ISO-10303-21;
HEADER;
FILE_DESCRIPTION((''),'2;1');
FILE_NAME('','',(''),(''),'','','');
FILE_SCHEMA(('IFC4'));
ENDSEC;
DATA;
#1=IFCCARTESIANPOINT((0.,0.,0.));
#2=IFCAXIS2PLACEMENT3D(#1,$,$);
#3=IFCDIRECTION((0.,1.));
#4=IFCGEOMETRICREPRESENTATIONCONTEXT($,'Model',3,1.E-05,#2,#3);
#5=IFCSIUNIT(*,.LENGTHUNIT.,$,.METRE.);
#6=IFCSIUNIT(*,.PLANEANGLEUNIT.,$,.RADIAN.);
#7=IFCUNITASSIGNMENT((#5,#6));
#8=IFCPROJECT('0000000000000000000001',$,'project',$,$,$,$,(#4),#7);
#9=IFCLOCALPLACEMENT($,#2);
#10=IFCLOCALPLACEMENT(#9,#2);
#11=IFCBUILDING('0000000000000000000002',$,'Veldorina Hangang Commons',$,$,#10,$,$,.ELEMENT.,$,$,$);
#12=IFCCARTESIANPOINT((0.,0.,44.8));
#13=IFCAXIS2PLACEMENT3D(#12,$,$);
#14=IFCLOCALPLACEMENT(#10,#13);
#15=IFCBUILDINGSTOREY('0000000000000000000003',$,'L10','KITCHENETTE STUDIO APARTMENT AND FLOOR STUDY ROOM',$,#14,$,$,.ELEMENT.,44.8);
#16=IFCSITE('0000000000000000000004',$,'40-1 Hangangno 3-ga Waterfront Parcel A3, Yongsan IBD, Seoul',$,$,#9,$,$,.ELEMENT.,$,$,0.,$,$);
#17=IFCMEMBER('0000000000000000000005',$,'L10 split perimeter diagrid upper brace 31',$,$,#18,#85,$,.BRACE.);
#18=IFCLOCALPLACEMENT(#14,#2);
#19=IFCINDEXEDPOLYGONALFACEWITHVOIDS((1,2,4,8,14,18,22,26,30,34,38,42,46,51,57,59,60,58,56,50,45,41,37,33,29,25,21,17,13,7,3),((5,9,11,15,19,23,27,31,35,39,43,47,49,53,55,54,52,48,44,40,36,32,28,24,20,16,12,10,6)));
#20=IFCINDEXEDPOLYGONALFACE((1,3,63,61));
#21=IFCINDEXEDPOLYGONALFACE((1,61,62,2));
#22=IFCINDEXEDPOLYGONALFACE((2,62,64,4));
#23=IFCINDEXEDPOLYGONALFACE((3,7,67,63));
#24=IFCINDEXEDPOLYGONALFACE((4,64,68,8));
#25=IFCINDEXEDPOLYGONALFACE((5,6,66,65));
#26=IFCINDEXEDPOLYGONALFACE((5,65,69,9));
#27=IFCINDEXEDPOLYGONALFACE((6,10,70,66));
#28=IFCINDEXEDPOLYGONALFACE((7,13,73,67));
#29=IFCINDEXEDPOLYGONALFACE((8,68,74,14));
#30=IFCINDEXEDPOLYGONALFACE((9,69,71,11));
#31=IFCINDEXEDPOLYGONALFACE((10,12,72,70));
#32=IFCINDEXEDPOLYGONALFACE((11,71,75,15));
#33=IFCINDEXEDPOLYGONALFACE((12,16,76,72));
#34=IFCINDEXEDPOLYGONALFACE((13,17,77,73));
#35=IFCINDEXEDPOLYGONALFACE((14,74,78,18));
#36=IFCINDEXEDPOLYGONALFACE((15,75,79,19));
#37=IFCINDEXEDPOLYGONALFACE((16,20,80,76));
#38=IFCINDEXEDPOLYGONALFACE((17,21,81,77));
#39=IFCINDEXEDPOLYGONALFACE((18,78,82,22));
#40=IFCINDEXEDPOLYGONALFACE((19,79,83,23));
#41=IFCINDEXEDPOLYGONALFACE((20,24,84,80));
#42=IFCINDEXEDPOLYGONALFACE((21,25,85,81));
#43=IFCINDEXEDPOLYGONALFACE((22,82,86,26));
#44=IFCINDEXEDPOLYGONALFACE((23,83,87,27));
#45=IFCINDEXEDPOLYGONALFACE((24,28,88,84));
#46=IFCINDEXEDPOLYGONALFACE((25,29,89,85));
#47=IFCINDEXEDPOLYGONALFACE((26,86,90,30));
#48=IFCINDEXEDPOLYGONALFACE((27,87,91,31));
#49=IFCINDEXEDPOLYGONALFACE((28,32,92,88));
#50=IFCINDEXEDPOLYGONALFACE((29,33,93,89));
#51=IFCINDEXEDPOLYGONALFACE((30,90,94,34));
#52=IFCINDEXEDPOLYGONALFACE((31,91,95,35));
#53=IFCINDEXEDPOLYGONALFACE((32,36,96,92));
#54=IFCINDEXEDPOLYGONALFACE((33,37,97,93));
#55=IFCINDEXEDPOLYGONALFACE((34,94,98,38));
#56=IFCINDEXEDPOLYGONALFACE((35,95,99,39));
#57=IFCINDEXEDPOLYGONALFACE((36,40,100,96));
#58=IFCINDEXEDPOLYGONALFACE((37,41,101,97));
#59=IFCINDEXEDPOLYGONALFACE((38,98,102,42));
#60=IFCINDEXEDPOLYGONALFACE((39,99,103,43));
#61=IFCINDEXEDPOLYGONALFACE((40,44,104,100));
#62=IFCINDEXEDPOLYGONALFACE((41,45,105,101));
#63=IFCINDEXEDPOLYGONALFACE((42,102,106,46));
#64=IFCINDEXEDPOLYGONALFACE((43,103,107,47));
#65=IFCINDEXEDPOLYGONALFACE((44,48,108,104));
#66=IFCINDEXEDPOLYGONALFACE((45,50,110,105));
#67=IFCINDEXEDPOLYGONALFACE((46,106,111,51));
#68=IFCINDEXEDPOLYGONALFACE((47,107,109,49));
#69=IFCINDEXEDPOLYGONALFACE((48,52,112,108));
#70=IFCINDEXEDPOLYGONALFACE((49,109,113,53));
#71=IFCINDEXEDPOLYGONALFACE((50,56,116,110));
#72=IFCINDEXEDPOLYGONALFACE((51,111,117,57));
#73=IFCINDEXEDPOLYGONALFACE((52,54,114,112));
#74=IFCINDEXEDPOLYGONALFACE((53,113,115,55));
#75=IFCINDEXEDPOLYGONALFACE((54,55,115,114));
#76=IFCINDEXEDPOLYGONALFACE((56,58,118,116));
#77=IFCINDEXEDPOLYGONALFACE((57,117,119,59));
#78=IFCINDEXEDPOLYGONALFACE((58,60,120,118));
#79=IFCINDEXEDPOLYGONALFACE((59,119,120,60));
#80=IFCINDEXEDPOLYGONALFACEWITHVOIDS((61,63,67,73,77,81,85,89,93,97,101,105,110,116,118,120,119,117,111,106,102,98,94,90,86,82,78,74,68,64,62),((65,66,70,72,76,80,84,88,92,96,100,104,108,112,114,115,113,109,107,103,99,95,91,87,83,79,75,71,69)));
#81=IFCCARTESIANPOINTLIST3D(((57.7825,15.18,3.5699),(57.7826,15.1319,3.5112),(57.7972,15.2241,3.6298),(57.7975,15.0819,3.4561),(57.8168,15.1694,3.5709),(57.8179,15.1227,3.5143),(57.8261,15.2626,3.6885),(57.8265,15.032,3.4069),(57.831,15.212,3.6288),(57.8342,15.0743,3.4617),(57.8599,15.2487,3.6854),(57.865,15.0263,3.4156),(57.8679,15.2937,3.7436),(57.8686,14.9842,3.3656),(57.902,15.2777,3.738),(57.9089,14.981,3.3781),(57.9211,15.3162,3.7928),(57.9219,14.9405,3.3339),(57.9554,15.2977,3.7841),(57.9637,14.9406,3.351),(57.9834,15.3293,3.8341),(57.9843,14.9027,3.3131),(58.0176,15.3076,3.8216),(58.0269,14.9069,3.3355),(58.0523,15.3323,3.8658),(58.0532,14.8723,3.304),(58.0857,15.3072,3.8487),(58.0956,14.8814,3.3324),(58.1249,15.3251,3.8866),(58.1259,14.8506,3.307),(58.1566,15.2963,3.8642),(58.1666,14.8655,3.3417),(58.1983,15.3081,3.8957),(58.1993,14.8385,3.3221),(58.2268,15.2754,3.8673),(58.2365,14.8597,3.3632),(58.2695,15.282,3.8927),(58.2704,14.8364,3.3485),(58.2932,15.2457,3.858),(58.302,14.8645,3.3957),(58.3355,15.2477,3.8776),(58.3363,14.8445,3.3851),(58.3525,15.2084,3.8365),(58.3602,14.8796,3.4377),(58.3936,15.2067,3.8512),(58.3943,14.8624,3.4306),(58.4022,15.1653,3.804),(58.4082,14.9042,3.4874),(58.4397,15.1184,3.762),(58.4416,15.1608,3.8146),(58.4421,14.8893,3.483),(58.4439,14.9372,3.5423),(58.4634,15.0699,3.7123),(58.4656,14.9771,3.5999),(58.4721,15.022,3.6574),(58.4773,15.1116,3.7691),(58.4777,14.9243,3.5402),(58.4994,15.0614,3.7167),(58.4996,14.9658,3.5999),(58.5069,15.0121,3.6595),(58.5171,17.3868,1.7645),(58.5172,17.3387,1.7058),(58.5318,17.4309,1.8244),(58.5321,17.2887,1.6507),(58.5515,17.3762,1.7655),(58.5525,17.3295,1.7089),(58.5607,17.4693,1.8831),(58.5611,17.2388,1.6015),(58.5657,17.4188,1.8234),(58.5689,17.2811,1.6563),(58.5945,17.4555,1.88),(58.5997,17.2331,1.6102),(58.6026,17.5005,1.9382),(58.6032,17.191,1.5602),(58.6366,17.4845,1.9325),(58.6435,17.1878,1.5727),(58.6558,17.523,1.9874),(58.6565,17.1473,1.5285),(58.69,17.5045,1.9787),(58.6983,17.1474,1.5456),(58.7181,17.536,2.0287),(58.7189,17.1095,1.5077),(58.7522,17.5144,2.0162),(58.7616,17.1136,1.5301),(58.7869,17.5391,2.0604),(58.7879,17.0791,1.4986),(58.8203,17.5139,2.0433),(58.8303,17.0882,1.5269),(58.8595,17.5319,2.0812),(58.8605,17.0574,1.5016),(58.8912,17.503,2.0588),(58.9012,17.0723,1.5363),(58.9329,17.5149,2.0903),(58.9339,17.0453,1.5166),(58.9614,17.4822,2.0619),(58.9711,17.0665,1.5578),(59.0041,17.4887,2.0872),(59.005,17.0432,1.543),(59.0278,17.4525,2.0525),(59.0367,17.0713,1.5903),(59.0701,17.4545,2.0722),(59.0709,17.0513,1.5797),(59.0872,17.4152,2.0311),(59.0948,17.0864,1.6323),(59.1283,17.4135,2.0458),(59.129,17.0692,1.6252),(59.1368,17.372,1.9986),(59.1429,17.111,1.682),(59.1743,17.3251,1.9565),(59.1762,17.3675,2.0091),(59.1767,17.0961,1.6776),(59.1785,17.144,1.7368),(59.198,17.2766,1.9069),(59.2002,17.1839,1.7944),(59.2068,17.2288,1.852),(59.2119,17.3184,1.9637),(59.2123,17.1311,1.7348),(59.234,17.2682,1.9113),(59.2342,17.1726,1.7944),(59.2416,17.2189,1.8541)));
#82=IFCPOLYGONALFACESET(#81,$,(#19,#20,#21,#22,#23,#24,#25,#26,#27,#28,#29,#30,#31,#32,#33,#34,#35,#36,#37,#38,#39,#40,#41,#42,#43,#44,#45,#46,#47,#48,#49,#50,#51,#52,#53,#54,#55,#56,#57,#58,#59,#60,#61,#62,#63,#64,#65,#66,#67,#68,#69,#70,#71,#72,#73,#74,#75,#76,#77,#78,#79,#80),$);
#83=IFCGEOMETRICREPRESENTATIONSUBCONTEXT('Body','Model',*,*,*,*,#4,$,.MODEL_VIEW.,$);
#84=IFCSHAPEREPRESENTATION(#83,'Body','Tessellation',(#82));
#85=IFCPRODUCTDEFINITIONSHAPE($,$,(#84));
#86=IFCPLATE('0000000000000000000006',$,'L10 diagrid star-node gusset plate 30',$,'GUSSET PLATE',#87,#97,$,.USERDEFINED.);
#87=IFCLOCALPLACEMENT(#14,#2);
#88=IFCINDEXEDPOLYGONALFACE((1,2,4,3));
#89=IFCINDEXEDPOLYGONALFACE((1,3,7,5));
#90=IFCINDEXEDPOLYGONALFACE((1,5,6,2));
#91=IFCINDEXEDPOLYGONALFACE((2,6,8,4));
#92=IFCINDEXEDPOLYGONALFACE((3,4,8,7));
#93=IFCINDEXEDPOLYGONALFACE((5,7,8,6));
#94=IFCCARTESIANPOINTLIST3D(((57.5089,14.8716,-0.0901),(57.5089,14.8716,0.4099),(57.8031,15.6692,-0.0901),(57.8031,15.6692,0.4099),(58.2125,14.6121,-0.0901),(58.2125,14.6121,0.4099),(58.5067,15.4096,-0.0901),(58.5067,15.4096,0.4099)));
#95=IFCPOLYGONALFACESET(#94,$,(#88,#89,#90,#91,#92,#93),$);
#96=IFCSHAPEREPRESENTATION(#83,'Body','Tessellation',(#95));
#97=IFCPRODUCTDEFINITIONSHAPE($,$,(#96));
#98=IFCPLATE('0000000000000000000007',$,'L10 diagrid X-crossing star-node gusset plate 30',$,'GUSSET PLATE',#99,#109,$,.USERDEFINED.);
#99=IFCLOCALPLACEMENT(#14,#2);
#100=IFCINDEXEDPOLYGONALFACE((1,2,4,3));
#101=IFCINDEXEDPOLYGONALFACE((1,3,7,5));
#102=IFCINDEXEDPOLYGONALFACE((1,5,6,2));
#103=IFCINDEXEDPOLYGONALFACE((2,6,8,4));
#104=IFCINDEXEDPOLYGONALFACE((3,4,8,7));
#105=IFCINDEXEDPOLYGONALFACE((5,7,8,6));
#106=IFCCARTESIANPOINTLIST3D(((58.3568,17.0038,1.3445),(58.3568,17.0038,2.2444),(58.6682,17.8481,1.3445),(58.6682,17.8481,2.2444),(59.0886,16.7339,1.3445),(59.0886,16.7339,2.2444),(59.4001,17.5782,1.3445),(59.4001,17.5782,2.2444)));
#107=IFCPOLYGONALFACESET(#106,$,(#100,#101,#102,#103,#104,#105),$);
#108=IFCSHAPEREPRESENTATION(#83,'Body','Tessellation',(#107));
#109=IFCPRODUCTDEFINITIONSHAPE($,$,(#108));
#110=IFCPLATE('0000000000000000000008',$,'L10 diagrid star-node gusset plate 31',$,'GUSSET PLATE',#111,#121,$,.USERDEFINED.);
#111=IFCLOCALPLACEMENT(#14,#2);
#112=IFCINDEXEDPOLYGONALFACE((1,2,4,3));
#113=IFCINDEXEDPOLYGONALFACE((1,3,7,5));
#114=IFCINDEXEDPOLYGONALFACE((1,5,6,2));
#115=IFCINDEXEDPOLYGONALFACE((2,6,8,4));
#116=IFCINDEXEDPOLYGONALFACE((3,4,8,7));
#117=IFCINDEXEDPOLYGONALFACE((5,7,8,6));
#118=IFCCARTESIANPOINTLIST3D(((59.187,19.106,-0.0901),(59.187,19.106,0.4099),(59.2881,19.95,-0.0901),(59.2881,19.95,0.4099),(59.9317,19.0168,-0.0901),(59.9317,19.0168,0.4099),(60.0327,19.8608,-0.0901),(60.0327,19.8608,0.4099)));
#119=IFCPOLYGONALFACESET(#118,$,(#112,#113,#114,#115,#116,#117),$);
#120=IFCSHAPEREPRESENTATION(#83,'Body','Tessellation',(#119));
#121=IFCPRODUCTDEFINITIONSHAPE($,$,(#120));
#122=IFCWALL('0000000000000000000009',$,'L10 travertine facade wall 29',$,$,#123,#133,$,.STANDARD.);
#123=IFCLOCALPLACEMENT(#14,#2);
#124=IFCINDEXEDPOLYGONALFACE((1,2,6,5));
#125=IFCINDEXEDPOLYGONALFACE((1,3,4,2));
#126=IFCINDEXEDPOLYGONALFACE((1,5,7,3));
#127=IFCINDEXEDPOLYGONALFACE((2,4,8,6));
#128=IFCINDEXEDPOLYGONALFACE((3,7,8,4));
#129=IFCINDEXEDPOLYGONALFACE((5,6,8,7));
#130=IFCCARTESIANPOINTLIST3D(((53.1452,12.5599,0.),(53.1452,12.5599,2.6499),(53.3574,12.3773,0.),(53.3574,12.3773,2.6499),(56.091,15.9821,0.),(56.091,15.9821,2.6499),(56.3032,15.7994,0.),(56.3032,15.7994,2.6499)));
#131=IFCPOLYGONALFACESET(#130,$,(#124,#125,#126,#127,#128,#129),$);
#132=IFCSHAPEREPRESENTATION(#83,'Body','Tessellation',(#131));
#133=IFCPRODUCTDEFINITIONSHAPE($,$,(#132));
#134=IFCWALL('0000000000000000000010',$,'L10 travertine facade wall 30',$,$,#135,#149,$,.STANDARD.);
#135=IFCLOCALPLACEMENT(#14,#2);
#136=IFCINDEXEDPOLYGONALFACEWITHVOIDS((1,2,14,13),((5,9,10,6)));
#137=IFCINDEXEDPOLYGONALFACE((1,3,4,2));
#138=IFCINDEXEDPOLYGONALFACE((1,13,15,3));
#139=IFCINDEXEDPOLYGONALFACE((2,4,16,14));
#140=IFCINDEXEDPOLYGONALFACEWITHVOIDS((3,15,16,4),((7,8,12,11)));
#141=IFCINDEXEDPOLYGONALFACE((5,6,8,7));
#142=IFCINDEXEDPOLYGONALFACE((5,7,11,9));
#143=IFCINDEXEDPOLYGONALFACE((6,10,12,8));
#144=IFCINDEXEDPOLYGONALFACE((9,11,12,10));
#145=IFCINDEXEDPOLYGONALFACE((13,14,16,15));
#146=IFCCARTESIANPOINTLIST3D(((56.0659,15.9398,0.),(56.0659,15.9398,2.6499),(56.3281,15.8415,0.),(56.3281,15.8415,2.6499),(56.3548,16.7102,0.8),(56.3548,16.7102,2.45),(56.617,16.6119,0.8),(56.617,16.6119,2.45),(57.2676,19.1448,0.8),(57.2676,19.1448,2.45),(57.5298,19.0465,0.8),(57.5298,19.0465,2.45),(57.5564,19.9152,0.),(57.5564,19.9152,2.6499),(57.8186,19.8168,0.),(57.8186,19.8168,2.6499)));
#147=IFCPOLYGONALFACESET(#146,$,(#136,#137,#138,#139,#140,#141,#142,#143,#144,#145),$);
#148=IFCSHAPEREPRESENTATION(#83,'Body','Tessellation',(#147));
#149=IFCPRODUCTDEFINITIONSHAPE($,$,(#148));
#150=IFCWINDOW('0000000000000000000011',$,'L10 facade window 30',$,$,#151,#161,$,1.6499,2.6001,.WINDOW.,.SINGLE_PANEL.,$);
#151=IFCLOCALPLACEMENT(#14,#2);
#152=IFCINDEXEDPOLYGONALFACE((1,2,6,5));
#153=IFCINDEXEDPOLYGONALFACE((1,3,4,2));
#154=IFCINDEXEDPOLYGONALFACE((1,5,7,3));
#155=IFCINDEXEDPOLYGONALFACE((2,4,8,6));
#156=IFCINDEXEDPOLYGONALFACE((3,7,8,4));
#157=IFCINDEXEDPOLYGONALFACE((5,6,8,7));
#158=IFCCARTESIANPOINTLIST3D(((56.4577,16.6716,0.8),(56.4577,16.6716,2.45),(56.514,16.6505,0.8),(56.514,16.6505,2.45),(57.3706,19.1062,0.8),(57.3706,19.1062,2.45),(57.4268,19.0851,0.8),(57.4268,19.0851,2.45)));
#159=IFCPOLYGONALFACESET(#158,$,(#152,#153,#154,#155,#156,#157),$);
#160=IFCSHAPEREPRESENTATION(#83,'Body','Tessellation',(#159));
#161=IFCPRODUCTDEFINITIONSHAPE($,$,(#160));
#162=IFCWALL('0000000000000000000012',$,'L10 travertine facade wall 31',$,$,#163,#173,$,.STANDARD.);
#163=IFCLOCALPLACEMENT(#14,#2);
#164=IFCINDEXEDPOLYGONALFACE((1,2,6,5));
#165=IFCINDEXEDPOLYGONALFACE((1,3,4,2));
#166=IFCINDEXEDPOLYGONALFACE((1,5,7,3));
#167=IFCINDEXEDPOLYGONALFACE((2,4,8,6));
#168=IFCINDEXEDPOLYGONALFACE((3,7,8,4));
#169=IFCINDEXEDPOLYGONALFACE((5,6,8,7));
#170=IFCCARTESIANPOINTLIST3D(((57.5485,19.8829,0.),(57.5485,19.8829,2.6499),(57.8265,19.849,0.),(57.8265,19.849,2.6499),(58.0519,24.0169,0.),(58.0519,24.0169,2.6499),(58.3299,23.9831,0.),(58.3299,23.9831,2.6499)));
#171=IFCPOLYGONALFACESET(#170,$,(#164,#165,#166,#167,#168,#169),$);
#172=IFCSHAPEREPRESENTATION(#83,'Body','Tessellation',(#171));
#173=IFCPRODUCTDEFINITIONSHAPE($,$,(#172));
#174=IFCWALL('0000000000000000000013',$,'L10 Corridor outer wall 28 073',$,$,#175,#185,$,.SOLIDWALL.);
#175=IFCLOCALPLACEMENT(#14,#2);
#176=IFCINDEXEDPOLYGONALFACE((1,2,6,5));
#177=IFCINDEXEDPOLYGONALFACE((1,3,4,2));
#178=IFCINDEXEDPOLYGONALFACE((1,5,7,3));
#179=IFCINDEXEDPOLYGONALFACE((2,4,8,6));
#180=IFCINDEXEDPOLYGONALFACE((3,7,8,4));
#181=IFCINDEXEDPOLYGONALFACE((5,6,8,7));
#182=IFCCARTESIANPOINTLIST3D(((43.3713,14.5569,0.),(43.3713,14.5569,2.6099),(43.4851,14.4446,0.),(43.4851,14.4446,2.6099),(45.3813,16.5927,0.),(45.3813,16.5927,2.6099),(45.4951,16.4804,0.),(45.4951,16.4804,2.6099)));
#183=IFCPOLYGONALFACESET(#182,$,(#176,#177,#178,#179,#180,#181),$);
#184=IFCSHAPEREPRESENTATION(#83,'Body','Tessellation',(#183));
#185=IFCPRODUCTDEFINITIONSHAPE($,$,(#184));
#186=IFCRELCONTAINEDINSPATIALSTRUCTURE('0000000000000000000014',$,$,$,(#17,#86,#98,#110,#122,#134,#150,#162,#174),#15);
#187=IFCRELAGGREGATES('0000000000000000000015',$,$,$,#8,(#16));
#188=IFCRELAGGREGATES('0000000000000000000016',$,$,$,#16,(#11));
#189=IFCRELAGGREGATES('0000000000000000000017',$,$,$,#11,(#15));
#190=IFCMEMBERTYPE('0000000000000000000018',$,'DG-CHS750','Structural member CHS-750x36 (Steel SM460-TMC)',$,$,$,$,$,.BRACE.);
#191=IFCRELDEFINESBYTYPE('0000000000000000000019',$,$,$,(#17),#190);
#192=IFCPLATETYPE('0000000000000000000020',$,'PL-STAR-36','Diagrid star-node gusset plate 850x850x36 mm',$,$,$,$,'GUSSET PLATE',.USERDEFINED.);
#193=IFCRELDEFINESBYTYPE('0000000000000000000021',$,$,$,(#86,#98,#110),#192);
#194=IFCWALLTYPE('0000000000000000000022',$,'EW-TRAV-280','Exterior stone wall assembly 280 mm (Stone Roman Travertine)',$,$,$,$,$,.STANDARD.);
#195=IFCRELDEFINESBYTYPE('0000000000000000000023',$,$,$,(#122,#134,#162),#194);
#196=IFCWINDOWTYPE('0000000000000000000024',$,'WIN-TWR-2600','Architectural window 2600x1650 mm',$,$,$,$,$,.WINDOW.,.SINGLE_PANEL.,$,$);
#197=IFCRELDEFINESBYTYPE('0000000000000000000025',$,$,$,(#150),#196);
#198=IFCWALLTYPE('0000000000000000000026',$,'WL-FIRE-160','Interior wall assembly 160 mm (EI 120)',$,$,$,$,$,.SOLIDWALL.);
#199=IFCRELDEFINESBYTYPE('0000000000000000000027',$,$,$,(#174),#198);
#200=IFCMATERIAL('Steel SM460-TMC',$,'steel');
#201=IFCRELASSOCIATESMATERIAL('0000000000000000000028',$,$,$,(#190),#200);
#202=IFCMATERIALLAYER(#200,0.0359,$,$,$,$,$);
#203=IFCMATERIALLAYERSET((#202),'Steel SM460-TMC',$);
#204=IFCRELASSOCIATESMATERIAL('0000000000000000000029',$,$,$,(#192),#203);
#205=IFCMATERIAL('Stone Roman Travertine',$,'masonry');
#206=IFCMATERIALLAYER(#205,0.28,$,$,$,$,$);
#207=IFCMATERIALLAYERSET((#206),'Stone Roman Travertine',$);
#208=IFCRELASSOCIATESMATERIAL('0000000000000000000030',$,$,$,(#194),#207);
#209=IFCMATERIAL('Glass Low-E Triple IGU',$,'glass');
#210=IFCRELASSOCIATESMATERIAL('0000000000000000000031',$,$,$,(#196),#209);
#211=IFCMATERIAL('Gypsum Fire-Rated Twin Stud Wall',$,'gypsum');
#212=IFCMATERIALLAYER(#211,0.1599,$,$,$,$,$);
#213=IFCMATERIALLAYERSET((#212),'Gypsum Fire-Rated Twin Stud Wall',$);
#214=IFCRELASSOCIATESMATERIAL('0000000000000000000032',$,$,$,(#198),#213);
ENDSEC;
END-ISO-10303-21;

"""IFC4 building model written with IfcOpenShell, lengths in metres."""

from ifc_helpers import new_model, si_unit, direction, frame, frame_2d, origin, origin_2d, place, context, subcontext, project, spatial, rectangle, hollow_circle, extrude, material, layer, layer_set, material_profile, profile_set, type_object, element, fill, save


model = new_model("IFC4")

# Units and contexts
model_context = context("Model", 3, precision=1e-05, world=origin(), true_north=direction((0.0, 1.0)))
body_context = subcontext(model_context, "Body", "Model", "MODEL_VIEW")
ifc_project = project(units=[si_unit("LENGTHUNIT", "METRE"), si_unit("PLANEANGLEUNIT", "RADIAN")], contexts=[model_context])

# Site, building, storey
site_placement = place(None, origin())
site = spatial("IfcSite", under=ifc_project, at=site_placement, Name="40-1 Hangangno 3-ga Waterfront Parcel A3, Yongsan IBD, Seoul", CompositionType="ELEMENT", RefElevation=0.0)
building_placement = place(site_placement, origin())
building = spatial("IfcBuilding", under=site, at=building_placement, Name="Veldorina Hangang Commons", CompositionType="ELEMENT")
storey_placement = place(building_placement, frame((0.0, 0.0, 44.8)))
storey = spatial("IfcBuildingStorey", under=building, at=storey_placement, Name="L10", Description="KITCHENETTE STUDIO APARTMENT AND FLOOR STUDY ROOM", CompositionType="ELEMENT", Elevation=44.8)

# Shared definitions
ifc_material_1 = material(Name="Steel SM460-TMC", Category="steel")

# Shared definitions
ifc_material_2 = material(Name="Glass Low-E Triple IGU", Category="glass")

# Member
ifc_material_profile_1 = material_profile(ifc_material_1, hollow_circle(Radius=0.375, WallThickness=0.0359, at=origin_2d()), Name="CHS-750x36")
ifc_profile_set_1 = profile_set([ifc_material_profile_1], Name="Steel SM460-TMC")
member_type_1 = type_object("IfcMemberType", Name="DG-CHS750", Description="Structural member CHS-750x36 (Steel SM460-TMC)", PredefinedType="BRACE", material=ifc_profile_set_1)
member_1_placement = place(storey_placement, frame((58.8784, 17.291, 1.7944), z_axis=(-0.249502, -0.749502, 0.613184), x_axis=(0.948809, -0.31585, 0.0)))
element("IfcMember", 1, at=member_1_placement, inside=storey, type_object=member_type_1, Name="L10 split perimeter diagrid upper brace 31", PredefinedType="BRACE", context=body_context, shape_type="SweptSolid", body=[
    extrude(hollow_circle(Radius=0.375, WallThickness=0.0359, at=origin_2d()), origin(), (0.0, 0.0, 1.0), 2.9443),
])

# Plates
ifc_layer_1 = layer(ifc_material_1, 0.0359)
ifc_layer_set_1 = layer_set([ifc_layer_1], Name="Steel SM460-TMC")
plate_type = type_object("IfcPlateType", Name="PL-STAR-36", Description="Diagrid star-node gusset plate 850x850x36 mm", ElementType="GUSSET PLATE", PredefinedType="USERDEFINED", material=ifc_layer_set_1)
plate_1_placement = place(storey_placement, frame((58.0078, 15.1406, -0.0901), z_axis=(0.0, 0.0, 1.0), x_axis=(0.346084, 0.938203, 0.0)))
element("IfcPlate", 2, at=plate_1_placement, inside=storey, type_object=plate_type, Name="L10 diagrid star-node gusset plate 30", ObjectType="GUSSET PLATE", PredefinedType="USERDEFINED", context=body_context, shape_type="SweptSolid", body=[
    extrude(rectangle(XDim=0.8501, YDim=0.75, at=origin_2d()), origin(), (0.0, 0.0, 1.0), 0.5),
])
plate_2_placement = place(storey_placement, frame((58.8784, 17.291, 1.3445), z_axis=(0.0, 0.0, 1.0), x_axis=(0.346084, 0.938203, 0.0)))
element("IfcPlate", 3, at=plate_2_placement, inside=storey, type_object=plate_type, Name="L10 diagrid X-crossing star-node gusset plate 30", ObjectType="GUSSET PLATE", PredefinedType="USERDEFINED", context=body_context, shape_type="SweptSolid", body=[
    extrude(rectangle(XDim=0.8999, YDim=0.78, at=origin_2d()), origin(), (0.0, 0.0, 1.0), 0.8999),
])
plate_3_placement = place(storey_placement, frame((59.6099, 19.4834, -0.0901), z_axis=(0.0, 0.0, 1.0), x_axis=(0.118907, 0.992905, 0.0)))
element("IfcPlate", 4, at=plate_3_placement, inside=storey, type_object=plate_type, Name="L10 diagrid star-node gusset plate 31", ObjectType="GUSSET PLATE", PredefinedType="USERDEFINED", context=body_context, shape_type="SweptSolid", body=[
    extrude(rectangle(XDim=0.8501, YDim=0.75, at=origin_2d()), origin(), (0.0, 0.0, 1.0), 0.5),
])

# Wall
ifc_material_3 = material(Name="Stone Roman Travertine", Category="masonry")
ifc_layer_2 = layer(ifc_material_3, 0.28)
ifc_layer_set_2 = layer_set([ifc_layer_2], Name="Stone Roman Travertine")
wall_type_1 = type_object("IfcWallType", Name="EW-TRAV-280", Description="Exterior stone wall assembly 280 mm (Stone Roman Travertine)", PredefinedType="STANDARD", material=ifc_layer_set_2)
wall_1_placement = place(storey_placement, frame((53.2512, 12.4685, 0.0), z_axis=(0.0, 0.0, 1.0), x_axis=(0.652393, 0.757881, 0.0)))
element("IfcWall", 5, at=wall_1_placement, inside=storey, type_object=wall_type_1, Name="L10 travertine facade wall 29", PredefinedType="STANDARD", context=body_context, shape_type="SweptSolid", body=[
    extrude(rectangle(XDim=4.5154, YDim=0.28, at=frame_2d((2.2578, 0.0))), origin(), (0.0, 0.0, 1.0), 2.6499),
])

# Wall, opening, window
wall_2_placement = place(storey_placement, frame((56.197, 15.8906, 0.0), z_axis=(0.0, 0.0, 1.0), x_axis=(0.351067, 0.93635, 0.0)))
wall_2 = element("IfcWall", 6, at=wall_2_placement, inside=storey, type_object=wall_type_1, Name="L10 travertine facade wall 30", PredefinedType="STANDARD", context=body_context, shape_type="SweptSolid", body=[
    extrude(rectangle(XDim=4.2456, YDim=0.28, at=frame_2d((2.1228, 0.0))), origin(), (0.0, 0.0, 1.0), 2.6499),
])
opening_1_placement = place(wall_2_placement, frame((0.8228, 0.0, 0.8)))
opening_1 = element("IfcOpeningElement", 7, at=opening_1_placement, cuts=wall_2, PredefinedType="OPENING", context=body_context, shape_type="SweptSolid", body=[
    extrude(rectangle(XDim=2.6001, YDim=1.6499, at=frame_2d((1.3, 0.825))), frame((0.0, 0.1499, 0.0), z_axis=(0.0, -1.0, 0.0), x_axis=(1.0, 0.0, 0.0)), (0.0, 0.0, 1.0), 0.3),
])
window_type = type_object("IfcWindowType", Name="WIN-TWR-2600", Description="Architectural window 2600x1650 mm", PartitioningType="SINGLE_PANEL", PredefinedType="WINDOW", material=ifc_material_2)
window_placement = place(opening_1_placement, origin())
window = element("IfcWindow", 8, at=window_placement, inside=storey, type_object=window_type, Name="L10 facade window 30", OverallHeight=1.6499, OverallWidth=2.6001, PartitioningType="SINGLE_PANEL", PredefinedType="WINDOW", context=body_context, shape_type="SweptSolid", body=[
    extrude(rectangle(XDim=2.6001, YDim=1.6499, at=frame_2d((1.3, 0.825))), frame((0.0, 0.03, 0.0), z_axis=(0.0, -1.0, 0.0), x_axis=(1.0, 0.0, 0.0)), (0.0, 0.0, 1.0), 0.0601),
])
fill(opening_1, window)

# Walls
wall_3_placement = place(storey_placement, frame((57.6875, 19.866, 0.0), z_axis=(0.0, 0.0, 1.0), x_axis=(0.120881, 0.992667, 0.0)))
element("IfcWall", 9, at=wall_3_placement, inside=storey, type_object=wall_type_1, Name="L10 travertine facade wall 31", PredefinedType="STANDARD", context=body_context, shape_type="SweptSolid", body=[
    extrude(rectangle(XDim=4.1646, YDim=0.28, at=frame_2d((2.0823, 0.0))), origin(), (0.0, 0.0, 1.0), 2.6499),
])
ifc_material_4 = material(Name="Gypsum Fire-Rated Twin Stud Wall", Category="gypsum")
ifc_layer_3 = layer(ifc_material_4, 0.1599)
ifc_layer_set_3 = layer_set([ifc_layer_3], Name="Gypsum Fire-Rated Twin Stud Wall")
wall_type_2 = type_object("IfcWallType", Name="WL-FIRE-160", Description="Interior wall assembly 160 mm (EI 120)", PredefinedType="SOLIDWALL", material=ifc_layer_set_3)
wall_4_placement = place(storey_placement, frame((43.4282, 14.5007, 0.0), z_axis=(0.0, 0.0, 1.0), x_axis=(0.70257, 0.711615, 0.0)))
element("IfcWall", 10, at=wall_4_placement, inside=storey, type_object=wall_type_2, Name="L10 Corridor outer wall 28 073", PredefinedType="SOLIDWALL", context=body_context, shape_type="SweptSolid", body=[
    extrude(rectangle(XDim=2.8608, YDim=0.1599, at=frame_2d((1.4304, 0.0))), origin(), (0.0, 0.0, 1.0), 2.6099),
])

save(model, "model.ifc")
